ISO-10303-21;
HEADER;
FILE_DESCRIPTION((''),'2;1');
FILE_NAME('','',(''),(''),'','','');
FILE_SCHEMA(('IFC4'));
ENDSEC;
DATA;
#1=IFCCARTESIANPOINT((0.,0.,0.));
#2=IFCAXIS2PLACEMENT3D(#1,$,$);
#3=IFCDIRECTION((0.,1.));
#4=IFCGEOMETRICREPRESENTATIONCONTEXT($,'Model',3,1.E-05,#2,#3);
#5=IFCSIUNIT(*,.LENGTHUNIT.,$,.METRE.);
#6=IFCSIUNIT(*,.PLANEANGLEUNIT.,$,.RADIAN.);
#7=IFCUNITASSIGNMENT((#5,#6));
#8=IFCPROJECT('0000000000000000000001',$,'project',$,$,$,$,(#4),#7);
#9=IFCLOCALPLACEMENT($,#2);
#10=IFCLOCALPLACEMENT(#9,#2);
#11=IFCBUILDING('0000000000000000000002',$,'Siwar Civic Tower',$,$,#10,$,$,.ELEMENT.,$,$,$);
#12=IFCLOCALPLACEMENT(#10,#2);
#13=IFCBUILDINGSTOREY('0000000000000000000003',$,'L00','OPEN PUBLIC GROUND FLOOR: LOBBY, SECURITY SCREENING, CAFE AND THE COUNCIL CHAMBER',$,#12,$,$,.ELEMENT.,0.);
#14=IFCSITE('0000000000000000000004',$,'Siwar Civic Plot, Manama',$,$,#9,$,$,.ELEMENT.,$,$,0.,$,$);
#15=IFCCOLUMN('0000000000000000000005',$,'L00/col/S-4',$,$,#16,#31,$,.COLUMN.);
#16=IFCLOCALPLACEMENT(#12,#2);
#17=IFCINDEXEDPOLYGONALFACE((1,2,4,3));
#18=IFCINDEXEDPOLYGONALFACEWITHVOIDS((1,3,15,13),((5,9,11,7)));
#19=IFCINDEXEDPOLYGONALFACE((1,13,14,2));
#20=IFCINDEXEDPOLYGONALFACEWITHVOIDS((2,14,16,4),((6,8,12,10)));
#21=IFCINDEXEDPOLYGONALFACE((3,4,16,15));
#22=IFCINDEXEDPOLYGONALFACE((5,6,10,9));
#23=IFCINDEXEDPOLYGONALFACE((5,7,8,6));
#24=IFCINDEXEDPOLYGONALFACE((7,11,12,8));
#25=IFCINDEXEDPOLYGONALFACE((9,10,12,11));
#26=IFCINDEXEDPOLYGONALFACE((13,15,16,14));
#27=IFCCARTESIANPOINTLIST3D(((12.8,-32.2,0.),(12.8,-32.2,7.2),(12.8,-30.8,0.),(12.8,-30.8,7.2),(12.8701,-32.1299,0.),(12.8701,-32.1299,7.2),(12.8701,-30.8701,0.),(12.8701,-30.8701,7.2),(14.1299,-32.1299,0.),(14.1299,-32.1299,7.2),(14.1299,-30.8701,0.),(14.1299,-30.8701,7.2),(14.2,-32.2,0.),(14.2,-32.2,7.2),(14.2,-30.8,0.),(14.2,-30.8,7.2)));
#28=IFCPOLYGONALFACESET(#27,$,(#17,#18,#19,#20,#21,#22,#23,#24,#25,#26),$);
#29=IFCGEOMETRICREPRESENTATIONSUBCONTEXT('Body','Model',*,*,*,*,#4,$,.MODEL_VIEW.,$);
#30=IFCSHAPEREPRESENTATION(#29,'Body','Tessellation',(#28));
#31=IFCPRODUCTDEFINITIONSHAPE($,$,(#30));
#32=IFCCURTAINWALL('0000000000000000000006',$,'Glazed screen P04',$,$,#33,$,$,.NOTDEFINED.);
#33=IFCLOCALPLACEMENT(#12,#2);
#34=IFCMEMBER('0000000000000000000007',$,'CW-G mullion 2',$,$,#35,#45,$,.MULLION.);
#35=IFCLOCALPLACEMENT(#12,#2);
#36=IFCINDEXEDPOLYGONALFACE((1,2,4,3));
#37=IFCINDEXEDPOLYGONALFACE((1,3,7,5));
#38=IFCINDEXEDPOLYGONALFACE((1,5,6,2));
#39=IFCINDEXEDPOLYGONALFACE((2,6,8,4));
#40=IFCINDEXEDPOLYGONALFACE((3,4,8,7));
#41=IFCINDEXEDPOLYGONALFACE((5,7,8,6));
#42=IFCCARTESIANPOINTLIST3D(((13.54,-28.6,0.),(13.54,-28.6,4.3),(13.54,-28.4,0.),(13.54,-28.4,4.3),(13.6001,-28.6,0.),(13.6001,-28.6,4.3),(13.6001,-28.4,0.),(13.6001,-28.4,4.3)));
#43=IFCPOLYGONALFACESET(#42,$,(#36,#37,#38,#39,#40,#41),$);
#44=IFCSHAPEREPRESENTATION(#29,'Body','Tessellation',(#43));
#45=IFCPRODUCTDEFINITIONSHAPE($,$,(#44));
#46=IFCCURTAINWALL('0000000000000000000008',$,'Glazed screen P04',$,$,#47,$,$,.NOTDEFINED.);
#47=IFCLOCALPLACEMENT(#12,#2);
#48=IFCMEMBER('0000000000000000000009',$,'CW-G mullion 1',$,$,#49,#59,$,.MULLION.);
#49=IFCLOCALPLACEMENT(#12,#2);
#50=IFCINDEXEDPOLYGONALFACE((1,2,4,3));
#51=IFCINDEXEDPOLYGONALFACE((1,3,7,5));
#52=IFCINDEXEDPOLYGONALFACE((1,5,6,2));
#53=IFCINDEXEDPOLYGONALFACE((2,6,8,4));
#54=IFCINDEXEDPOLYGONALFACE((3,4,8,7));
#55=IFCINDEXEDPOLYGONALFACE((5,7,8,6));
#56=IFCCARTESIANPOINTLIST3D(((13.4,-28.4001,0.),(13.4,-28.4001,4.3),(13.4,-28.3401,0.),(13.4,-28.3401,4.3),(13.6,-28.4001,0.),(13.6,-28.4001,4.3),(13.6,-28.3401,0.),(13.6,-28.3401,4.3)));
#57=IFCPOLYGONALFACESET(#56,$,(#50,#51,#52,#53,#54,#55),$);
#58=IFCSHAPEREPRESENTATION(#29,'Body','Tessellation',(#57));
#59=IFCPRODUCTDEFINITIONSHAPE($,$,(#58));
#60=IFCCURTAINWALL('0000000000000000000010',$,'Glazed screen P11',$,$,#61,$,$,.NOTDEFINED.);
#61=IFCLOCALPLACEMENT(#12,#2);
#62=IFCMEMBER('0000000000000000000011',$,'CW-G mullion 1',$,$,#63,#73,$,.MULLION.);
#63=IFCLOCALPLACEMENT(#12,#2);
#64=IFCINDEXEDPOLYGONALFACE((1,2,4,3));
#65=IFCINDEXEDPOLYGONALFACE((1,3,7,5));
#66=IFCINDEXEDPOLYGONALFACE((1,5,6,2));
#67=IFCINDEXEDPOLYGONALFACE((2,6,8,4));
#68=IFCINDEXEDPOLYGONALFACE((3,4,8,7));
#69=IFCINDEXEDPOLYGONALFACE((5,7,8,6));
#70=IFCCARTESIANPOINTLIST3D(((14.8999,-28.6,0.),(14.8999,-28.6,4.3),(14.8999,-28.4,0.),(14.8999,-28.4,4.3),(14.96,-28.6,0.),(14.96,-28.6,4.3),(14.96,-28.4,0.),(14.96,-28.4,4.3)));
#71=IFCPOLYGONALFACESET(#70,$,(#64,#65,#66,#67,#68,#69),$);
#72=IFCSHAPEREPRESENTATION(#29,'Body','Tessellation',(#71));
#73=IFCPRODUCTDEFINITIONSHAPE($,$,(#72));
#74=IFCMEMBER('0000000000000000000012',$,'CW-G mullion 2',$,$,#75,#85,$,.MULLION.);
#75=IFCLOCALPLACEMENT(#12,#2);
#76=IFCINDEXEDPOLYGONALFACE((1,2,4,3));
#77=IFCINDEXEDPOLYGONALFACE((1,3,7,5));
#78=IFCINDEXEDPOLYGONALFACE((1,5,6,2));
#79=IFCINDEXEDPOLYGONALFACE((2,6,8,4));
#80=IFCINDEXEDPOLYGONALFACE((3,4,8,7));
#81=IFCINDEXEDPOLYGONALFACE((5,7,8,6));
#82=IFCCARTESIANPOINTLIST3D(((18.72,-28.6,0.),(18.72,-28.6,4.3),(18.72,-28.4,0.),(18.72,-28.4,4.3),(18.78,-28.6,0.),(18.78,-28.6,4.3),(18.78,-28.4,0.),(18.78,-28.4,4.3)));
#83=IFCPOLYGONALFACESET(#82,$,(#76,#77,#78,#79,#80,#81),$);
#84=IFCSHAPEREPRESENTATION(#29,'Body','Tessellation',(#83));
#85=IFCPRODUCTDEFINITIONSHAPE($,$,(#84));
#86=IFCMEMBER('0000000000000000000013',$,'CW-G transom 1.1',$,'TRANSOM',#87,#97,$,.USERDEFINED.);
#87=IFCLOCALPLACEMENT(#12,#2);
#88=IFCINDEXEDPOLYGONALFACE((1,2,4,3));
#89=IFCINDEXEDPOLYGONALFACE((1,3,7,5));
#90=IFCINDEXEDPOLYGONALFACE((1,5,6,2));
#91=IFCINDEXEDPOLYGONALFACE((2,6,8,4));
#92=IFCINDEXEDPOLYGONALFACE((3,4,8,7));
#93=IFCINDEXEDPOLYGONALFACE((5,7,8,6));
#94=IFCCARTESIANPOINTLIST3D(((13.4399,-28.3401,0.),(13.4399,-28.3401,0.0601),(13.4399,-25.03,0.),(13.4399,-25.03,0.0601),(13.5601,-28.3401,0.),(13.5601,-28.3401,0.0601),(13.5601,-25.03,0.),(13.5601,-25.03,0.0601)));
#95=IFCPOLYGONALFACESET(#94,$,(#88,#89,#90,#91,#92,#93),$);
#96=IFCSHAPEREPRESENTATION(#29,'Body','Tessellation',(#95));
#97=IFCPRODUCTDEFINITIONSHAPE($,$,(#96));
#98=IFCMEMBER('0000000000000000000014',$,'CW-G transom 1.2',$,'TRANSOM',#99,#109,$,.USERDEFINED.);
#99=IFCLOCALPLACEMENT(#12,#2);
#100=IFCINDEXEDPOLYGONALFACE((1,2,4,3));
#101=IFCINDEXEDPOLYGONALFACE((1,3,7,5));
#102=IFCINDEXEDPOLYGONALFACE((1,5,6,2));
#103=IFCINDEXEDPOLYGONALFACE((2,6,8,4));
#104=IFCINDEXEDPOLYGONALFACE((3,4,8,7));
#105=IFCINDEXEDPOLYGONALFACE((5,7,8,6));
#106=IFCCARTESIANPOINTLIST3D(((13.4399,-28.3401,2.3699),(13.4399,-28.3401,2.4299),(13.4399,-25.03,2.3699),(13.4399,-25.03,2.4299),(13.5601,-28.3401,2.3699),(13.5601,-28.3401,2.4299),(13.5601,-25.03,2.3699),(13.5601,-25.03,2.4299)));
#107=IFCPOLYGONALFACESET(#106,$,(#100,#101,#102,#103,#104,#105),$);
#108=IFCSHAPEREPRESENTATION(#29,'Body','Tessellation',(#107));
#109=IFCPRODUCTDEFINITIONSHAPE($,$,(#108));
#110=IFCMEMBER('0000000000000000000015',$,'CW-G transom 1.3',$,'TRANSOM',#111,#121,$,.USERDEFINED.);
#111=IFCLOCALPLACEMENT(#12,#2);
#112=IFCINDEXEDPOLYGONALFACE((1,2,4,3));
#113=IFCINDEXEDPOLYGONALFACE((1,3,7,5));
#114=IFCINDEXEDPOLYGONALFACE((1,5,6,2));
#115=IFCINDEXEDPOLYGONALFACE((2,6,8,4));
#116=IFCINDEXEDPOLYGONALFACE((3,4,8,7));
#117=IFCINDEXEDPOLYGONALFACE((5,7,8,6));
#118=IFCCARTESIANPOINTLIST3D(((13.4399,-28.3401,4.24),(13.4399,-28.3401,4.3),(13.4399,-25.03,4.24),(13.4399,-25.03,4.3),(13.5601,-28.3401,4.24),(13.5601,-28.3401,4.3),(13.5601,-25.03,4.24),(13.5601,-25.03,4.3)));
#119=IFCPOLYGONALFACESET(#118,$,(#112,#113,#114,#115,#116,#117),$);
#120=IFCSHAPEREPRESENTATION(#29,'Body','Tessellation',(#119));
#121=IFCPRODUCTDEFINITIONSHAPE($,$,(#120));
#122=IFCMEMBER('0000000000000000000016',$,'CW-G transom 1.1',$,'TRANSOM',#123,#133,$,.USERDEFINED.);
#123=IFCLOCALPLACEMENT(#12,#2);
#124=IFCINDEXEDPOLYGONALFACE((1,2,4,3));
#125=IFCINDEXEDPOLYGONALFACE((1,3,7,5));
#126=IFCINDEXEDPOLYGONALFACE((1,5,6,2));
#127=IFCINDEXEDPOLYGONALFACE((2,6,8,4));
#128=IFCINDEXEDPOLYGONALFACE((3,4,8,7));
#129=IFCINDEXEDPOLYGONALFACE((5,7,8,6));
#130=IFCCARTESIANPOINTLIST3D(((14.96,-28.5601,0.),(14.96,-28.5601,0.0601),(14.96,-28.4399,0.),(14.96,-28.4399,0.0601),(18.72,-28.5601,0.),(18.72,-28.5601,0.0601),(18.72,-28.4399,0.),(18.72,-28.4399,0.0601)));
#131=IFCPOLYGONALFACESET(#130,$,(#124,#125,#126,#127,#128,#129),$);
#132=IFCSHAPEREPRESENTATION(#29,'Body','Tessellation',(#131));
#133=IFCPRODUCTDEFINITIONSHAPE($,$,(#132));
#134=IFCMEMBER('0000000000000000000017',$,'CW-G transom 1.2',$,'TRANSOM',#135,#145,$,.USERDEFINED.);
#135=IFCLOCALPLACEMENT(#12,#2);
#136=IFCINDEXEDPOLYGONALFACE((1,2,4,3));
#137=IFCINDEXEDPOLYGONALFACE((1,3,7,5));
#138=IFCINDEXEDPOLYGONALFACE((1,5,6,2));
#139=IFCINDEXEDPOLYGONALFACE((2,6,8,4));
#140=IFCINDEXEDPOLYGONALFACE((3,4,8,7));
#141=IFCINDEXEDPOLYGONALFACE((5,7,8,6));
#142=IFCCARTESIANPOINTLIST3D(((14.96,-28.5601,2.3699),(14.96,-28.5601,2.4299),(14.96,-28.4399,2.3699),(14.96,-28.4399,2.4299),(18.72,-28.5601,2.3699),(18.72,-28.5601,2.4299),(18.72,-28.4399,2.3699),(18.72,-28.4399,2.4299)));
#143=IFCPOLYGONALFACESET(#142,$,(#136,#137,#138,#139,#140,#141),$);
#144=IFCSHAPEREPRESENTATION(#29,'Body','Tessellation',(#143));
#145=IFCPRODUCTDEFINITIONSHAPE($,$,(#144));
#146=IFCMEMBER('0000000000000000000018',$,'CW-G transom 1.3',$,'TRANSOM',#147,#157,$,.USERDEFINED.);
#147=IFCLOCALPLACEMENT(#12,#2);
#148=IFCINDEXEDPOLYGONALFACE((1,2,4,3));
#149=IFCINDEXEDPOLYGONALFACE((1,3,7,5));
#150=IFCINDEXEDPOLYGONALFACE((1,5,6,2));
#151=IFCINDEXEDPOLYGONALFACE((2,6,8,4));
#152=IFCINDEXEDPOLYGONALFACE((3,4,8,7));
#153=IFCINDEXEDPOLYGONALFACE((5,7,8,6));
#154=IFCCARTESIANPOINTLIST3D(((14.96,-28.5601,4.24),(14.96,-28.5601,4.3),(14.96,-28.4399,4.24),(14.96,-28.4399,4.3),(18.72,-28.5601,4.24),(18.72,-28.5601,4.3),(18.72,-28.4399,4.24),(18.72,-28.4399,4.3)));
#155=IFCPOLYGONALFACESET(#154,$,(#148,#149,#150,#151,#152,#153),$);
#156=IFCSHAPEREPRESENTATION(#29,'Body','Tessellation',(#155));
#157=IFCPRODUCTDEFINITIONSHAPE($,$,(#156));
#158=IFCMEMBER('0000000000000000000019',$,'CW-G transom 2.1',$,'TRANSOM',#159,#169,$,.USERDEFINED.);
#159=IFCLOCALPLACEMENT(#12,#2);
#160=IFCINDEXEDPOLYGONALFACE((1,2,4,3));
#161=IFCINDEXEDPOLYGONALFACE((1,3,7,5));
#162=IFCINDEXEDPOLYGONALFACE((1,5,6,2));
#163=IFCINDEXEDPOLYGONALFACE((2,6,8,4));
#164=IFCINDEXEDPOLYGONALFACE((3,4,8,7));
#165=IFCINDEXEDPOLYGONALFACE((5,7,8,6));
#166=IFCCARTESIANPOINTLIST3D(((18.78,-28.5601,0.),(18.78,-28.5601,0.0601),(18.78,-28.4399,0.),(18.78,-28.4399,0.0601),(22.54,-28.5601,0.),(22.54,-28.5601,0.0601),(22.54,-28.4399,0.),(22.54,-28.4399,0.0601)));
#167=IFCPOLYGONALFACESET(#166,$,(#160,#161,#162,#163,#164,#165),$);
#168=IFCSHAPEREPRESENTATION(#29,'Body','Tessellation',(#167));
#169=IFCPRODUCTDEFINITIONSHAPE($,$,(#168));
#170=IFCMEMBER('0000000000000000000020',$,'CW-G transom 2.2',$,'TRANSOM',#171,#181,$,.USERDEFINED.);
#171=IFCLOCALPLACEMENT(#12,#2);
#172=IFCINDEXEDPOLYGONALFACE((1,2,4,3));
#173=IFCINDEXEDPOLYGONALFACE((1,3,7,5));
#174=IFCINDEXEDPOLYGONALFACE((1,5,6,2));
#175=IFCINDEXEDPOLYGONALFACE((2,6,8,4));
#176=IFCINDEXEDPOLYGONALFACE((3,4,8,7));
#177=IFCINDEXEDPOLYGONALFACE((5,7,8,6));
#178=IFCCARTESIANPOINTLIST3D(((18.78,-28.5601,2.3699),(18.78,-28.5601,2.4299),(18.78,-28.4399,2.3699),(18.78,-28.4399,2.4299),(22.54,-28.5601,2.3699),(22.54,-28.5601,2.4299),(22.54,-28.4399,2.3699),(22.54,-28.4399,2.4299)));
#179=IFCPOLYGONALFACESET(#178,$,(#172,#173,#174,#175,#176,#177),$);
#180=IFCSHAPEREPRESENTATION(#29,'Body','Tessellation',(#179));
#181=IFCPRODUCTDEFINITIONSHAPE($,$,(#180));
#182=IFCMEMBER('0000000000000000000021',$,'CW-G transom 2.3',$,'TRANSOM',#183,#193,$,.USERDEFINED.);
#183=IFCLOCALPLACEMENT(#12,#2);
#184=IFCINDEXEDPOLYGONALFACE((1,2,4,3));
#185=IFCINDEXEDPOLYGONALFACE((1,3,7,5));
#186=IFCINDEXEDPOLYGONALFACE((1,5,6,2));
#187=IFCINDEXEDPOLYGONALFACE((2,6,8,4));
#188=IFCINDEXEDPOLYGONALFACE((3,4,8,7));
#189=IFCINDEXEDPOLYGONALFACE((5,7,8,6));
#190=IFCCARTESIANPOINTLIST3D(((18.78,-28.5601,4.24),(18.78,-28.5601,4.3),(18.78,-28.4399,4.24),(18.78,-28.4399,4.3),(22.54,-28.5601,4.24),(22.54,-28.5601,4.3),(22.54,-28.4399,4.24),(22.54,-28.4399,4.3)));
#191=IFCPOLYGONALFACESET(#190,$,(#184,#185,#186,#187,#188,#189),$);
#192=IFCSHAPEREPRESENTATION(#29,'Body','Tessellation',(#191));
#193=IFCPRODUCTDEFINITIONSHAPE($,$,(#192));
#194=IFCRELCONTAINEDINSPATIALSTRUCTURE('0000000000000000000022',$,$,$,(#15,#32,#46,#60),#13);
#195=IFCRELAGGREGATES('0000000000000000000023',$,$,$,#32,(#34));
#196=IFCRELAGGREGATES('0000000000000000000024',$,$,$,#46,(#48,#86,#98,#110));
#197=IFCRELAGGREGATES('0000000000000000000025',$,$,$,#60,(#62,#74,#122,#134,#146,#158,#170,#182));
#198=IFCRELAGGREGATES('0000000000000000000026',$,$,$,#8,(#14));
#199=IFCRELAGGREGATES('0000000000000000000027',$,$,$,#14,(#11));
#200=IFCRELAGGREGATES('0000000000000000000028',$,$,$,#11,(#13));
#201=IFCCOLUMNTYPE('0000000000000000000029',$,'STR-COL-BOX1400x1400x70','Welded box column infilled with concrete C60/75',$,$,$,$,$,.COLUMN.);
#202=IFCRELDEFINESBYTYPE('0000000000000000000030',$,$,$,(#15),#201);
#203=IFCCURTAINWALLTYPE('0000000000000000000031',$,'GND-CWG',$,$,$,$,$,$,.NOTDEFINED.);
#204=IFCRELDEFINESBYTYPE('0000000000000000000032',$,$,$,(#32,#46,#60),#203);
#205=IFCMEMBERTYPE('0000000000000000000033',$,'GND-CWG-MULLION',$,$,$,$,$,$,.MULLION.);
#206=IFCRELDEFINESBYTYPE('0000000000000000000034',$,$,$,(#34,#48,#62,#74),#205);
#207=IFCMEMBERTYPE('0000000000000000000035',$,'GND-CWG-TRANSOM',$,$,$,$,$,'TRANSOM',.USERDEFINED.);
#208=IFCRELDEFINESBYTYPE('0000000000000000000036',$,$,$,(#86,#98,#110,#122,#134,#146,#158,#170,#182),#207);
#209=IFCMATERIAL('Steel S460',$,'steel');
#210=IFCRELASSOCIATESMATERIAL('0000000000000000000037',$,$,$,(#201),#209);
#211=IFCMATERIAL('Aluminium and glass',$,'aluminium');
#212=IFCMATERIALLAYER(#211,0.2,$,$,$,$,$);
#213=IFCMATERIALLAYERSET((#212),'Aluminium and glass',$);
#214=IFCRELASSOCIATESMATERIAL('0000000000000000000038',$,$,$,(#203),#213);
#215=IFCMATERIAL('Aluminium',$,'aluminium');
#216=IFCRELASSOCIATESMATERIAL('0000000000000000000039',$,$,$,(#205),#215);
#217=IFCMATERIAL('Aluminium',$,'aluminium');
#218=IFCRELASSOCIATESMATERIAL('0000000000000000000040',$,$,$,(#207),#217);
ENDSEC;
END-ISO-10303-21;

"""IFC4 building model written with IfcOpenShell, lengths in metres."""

from ifc_helpers import new_model, si_unit, direction, frame, origin, origin_2d, place, context, subcontext, project, spatial, rectangle, hollow_rectangle, extrude, material, layer, layer_set, material_profile, profile_set, type_object, element, aggregate, save


model = new_model("IFC4")

# Units and contexts
model_context = context("Model", 3, precision=1e-05, world=origin(), true_north=direction((0.0, 1.0)))
body_context = subcontext(model_context, "Body", "Model", "MODEL_VIEW")
ifc_project = project(units=[si_unit("LENGTHUNIT", "METRE"), si_unit("PLANEANGLEUNIT", "RADIAN")], contexts=[model_context])

# Site, building, storey
site_placement = place(None, origin())
site = spatial("IfcSite", under=ifc_project, at=site_placement, Name="Siwar Civic Plot, Manama", CompositionType="ELEMENT", RefElevation=0.0)
building_placement = place(site_placement, origin())
building = spatial("IfcBuilding", under=site, at=building_placement, Name="Siwar Civic Tower", CompositionType="ELEMENT")
storey_placement = place(building_placement, origin())
storey = spatial("IfcBuildingStorey", under=building, at=storey_placement, Name="L00", Description="OPEN PUBLIC GROUND FLOOR: LOBBY, SECURITY SCREENING, CAFE AND THE COUNCIL CHAMBER", CompositionType="ELEMENT", Elevation=0.0)

# Column
ifc_material_1 = material(Name="Steel S460", Category="steel")
ifc_material_profile_1 = material_profile(ifc_material_1, hollow_rectangle(XDim=1.3999, YDim=1.3999, WallThickness=0.0701, at=origin_2d()), Name="BOX1400x1400x70")
ifc_profile_set_1 = profile_set([ifc_material_profile_1], Name="Steel S460")
column_type = type_object("IfcColumnType", Name="STR-COL-BOX1400x1400x70", Description="Welded box column infilled with concrete C60/75", PredefinedType="COLUMN", material=ifc_profile_set_1)
column_placement = place(storey_placement, frame((13.5, -31.5, 0.0), z_axis=(0.0, 0.0, 1.0), x_axis=(1.0, 0.0, 0.0)))
element("IfcColumn", 1, at=column_placement, inside=storey, type_object=column_type, Name="L00/col/S-4", PredefinedType="COLUMN", context=body_context, shape_type="SweptSolid", body=[
    extrude(hollow_rectangle(XDim=1.3999, YDim=1.3999, WallThickness=0.0701, at=origin_2d()), origin(), (0.0, 0.0, 1.0), 7.2),
])

# Curtain walls, members
ifc_material_2 = material(Name="Aluminium and glass", Category="aluminium")
ifc_layer_1 = layer(ifc_material_2, 0.2)
ifc_layer_set_1 = layer_set([ifc_layer_1], Name="Aluminium and glass")
curtain_wall_type = type_object("IfcCurtainWallType", Name="GND-CWG", PredefinedType="NOTDEFINED", material=ifc_layer_set_1)
curtain_wall_1_placement = place(storey_placement, origin())
curtain_wall_1 = element("IfcCurtainWall", 2, at=curtain_wall_1_placement, inside=storey, type_object=curtain_wall_type, Name="Glazed screen P04", PredefinedType="NOTDEFINED")
ifc_material_3 = material(Name="Aluminium", Category="aluminium")
ifc_material_profile_2 = material_profile(ifc_material_3, rectangle(XDim=0.2, YDim=0.0601, at=origin_2d()), Name="AL 200x60")
ifc_profile_set_2 = profile_set([ifc_material_profile_2], Name="Aluminium")
member_type_1 = type_object("IfcMemberType", Name="GND-CWG-MULLION", PredefinedType="MULLION", material=ifc_profile_set_2)
member_1_placement = place(storey_placement, frame((13.5701, -28.5, 0.0), z_axis=(0.0, 0.0, 1.0), x_axis=(0.0, 1.0, 0.0)))
member_1 = element("IfcMember", 3, at=member_1_placement, type_object=member_type_1, Name="CW-G mullion 2", PredefinedType="MULLION", context=body_context, shape_type="SweptSolid", body=[
    extrude(rectangle(XDim=0.2, YDim=0.0601, at=origin_2d()), origin(), (0.0, 0.0, 1.0), 4.3),
])
curtain_wall_2_placement = place(storey_placement, origin())
curtain_wall_2 = element("IfcCurtainWall", 4, at=curtain_wall_2_placement, inside=storey, type_object=curtain_wall_type, Name="Glazed screen P04", PredefinedType="NOTDEFINED")
member_2_placement = place(storey_placement, frame((13.5, -28.3701, 0.0), z_axis=(0.0, 0.0, 1.0), x_axis=(-1.0, 0.0, 0.0)))
member_2 = element("IfcMember", 5, at=member_2_placement, type_object=member_type_1, Name="CW-G mullion 1", PredefinedType="MULLION", context=body_context, shape_type="SweptSolid", body=[
    extrude(rectangle(XDim=0.2, YDim=0.0601, at=origin_2d()), origin(), (0.0, 0.0, 1.0), 4.3),
])

# Curtain wall, members
curtain_wall_3_placement = place(storey_placement, origin())
curtain_wall_3 = element("IfcCurtainWall", 6, at=curtain_wall_3_placement, inside=storey, type_object=curtain_wall_type, Name="Glazed screen P11", PredefinedType="NOTDEFINED")
member_3_placement = place(storey_placement, frame((14.9299, -28.5, 0.0), z_axis=(0.0, 0.0, 1.0), x_axis=(0.0, 1.0, 0.0)))
member_3 = element("IfcMember", 7, at=member_3_placement, type_object=member_type_1, Name="CW-G mullion 1", PredefinedType="MULLION", context=body_context, shape_type="SweptSolid", body=[
    extrude(rectangle(XDim=0.2, YDim=0.0601, at=origin_2d()), origin(), (0.0, 0.0, 1.0), 4.3),
])
member_4_placement = place(storey_placement, frame((18.75, -28.5, 0.0), z_axis=(0.0, 0.0, 1.0), x_axis=(0.0, 1.0, 0.0)))
member_4 = element("IfcMember", 8, at=member_4_placement, type_object=member_type_1, Name="CW-G mullion 2", PredefinedType="MULLION", context=body_context, shape_type="SweptSolid", body=[
    extrude(rectangle(XDim=0.2, YDim=0.0601, at=origin_2d()), origin(), (0.0, 0.0, 1.0), 4.3),
])

# Members
ifc_material_4 = material(Name="Aluminium", Category="aluminium")
ifc_material_profile_3 = material_profile(ifc_material_4, rectangle(XDim=0.1201, YDim=0.0601, at=origin_2d()), Name="AL 120x60")
ifc_profile_set_3 = profile_set([ifc_material_profile_3], Name="Aluminium")
member_type_2 = type_object("IfcMemberType", Name="GND-CWG-TRANSOM", ElementType="TRANSOM", PredefinedType="USERDEFINED", material=ifc_profile_set_3)
member_5_placement = place(storey_placement, frame((13.5, -28.3401, 0.03), z_axis=(0.0, 1.0, 0.0), x_axis=(-1.0, 0.0, 0.0)))
member_5 = element("IfcMember", 9, at=member_5_placement, type_object=member_type_2, Name="CW-G transom 1.1", ObjectType="TRANSOM", PredefinedType="USERDEFINED", context=body_context, shape_type="SweptSolid", body=[
    extrude(rectangle(XDim=0.1201, YDim=0.0601, at=origin_2d()), origin(), (0.0, 0.0, 1.0), 3.3101),
])
member_6_placement = place(storey_placement, frame((13.5, -28.3401, 2.3999), z_axis=(0.0, 1.0, 0.0), x_axis=(-1.0, 0.0, 0.0)))
member_6 = element("IfcMember", 10, at=member_6_placement, type_object=member_type_2, Name="CW-G transom 1.2", ObjectType="TRANSOM", PredefinedType="USERDEFINED", context=body_context, shape_type="SweptSolid", body=[
    extrude(rectangle(XDim=0.1201, YDim=0.0601, at=origin_2d()), origin(), (0.0, 0.0, 1.0), 3.3101),
])
member_7_placement = place(storey_placement, frame((13.5, -28.3401, 4.27), z_axis=(0.0, 1.0, 0.0), x_axis=(-1.0, 0.0, 0.0)))
member_7 = element("IfcMember", 11, at=member_7_placement, type_object=member_type_2, Name="CW-G transom 1.3", ObjectType="TRANSOM", PredefinedType="USERDEFINED", context=body_context, shape_type="SweptSolid", body=[
    extrude(rectangle(XDim=0.1201, YDim=0.0601, at=origin_2d()), origin(), (0.0, 0.0, 1.0), 3.3101),
])
member_8_placement = place(storey_placement, frame((14.96, -28.5, 0.03), z_axis=(1.0, 0.0, 0.0), x_axis=(0.0, 1.0, 0.0)))
member_8 = element("IfcMember", 12, at=member_8_placement, type_object=member_type_2, Name="CW-G transom 1.1", ObjectType="TRANSOM", PredefinedType="USERDEFINED", context=body_context, shape_type="SweptSolid", body=[
    extrude(rectangle(XDim=0.1201, YDim=0.0601, at=origin_2d()), origin(), (0.0, 0.0, 1.0), 3.76),
])
member_9_placement = place(storey_placement, frame((14.96, -28.5, 2.3999), z_axis=(1.0, 0.0, 0.0), x_axis=(0.0, 1.0, 0.0)))
member_9 = element("IfcMember", 13, at=member_9_placement, type_object=member_type_2, Name="CW-G transom 1.2", ObjectType="TRANSOM", PredefinedType="USERDEFINED", context=body_context, shape_type="SweptSolid", body=[
    extrude(rectangle(XDim=0.1201, YDim=0.0601, at=origin_2d()), origin(), (0.0, 0.0, 1.0), 3.76),
])
member_10_placement = place(storey_placement, frame((14.96, -28.5, 4.27), z_axis=(1.0, 0.0, 0.0), x_axis=(0.0, 1.0, 0.0)))
member_10 = element("IfcMember", 14, at=member_10_placement, type_object=member_type_2, Name="CW-G transom 1.3", ObjectType="TRANSOM", PredefinedType="USERDEFINED", context=body_context, shape_type="SweptSolid", body=[
    extrude(rectangle(XDim=0.1201, YDim=0.0601, at=origin_2d()), origin(), (0.0, 0.0, 1.0), 3.76),
])
member_11_placement = place(storey_placement, frame((18.78, -28.5, 0.03), z_axis=(1.0, 0.0, 0.0), x_axis=(0.0, 1.0, 0.0)))
member_11 = element("IfcMember", 15, at=member_11_placement, type_object=member_type_2, Name="CW-G transom 2.1", ObjectType="TRANSOM", PredefinedType="USERDEFINED", context=body_context, shape_type="SweptSolid", body=[
    extrude(rectangle(XDim=0.1201, YDim=0.0601, at=origin_2d()), origin(), (0.0, 0.0, 1.0), 3.76),
])
member_12_placement = place(storey_placement, frame((18.78, -28.5, 2.3999), z_axis=(1.0, 0.0, 0.0), x_axis=(0.0, 1.0, 0.0)))
member_12 = element("IfcMember", 16, at=member_12_placement, type_object=member_type_2, Name="CW-G transom 2.2", ObjectType="TRANSOM", PredefinedType="USERDEFINED", context=body_context, shape_type="SweptSolid", body=[
    extrude(rectangle(XDim=0.1201, YDim=0.0601, at=origin_2d()), origin(), (0.0, 0.0, 1.0), 3.76),
])
member_13_placement = place(storey_placement, frame((18.78, -28.5, 4.27), z_axis=(1.0, 0.0, 0.0), x_axis=(0.0, 1.0, 0.0)))
member_13 = element("IfcMember", 17, at=member_13_placement, type_object=member_type_2, Name="CW-G transom 2.3", ObjectType="TRANSOM", PredefinedType="USERDEFINED", context=body_context, shape_type="SweptSolid", body=[
    extrude(rectangle(XDim=0.1201, YDim=0.0601, at=origin_2d()), origin(), (0.0, 0.0, 1.0), 3.76),
])

aggregate(curtain_wall_1, [member_1])
aggregate(curtain_wall_2, [member_2, member_5, member_6, member_7])
aggregate(curtain_wall_3, [member_3, member_4, member_8, member_9, member_10, member_11, member_12, member_13])

save(model, "model.ifc")
